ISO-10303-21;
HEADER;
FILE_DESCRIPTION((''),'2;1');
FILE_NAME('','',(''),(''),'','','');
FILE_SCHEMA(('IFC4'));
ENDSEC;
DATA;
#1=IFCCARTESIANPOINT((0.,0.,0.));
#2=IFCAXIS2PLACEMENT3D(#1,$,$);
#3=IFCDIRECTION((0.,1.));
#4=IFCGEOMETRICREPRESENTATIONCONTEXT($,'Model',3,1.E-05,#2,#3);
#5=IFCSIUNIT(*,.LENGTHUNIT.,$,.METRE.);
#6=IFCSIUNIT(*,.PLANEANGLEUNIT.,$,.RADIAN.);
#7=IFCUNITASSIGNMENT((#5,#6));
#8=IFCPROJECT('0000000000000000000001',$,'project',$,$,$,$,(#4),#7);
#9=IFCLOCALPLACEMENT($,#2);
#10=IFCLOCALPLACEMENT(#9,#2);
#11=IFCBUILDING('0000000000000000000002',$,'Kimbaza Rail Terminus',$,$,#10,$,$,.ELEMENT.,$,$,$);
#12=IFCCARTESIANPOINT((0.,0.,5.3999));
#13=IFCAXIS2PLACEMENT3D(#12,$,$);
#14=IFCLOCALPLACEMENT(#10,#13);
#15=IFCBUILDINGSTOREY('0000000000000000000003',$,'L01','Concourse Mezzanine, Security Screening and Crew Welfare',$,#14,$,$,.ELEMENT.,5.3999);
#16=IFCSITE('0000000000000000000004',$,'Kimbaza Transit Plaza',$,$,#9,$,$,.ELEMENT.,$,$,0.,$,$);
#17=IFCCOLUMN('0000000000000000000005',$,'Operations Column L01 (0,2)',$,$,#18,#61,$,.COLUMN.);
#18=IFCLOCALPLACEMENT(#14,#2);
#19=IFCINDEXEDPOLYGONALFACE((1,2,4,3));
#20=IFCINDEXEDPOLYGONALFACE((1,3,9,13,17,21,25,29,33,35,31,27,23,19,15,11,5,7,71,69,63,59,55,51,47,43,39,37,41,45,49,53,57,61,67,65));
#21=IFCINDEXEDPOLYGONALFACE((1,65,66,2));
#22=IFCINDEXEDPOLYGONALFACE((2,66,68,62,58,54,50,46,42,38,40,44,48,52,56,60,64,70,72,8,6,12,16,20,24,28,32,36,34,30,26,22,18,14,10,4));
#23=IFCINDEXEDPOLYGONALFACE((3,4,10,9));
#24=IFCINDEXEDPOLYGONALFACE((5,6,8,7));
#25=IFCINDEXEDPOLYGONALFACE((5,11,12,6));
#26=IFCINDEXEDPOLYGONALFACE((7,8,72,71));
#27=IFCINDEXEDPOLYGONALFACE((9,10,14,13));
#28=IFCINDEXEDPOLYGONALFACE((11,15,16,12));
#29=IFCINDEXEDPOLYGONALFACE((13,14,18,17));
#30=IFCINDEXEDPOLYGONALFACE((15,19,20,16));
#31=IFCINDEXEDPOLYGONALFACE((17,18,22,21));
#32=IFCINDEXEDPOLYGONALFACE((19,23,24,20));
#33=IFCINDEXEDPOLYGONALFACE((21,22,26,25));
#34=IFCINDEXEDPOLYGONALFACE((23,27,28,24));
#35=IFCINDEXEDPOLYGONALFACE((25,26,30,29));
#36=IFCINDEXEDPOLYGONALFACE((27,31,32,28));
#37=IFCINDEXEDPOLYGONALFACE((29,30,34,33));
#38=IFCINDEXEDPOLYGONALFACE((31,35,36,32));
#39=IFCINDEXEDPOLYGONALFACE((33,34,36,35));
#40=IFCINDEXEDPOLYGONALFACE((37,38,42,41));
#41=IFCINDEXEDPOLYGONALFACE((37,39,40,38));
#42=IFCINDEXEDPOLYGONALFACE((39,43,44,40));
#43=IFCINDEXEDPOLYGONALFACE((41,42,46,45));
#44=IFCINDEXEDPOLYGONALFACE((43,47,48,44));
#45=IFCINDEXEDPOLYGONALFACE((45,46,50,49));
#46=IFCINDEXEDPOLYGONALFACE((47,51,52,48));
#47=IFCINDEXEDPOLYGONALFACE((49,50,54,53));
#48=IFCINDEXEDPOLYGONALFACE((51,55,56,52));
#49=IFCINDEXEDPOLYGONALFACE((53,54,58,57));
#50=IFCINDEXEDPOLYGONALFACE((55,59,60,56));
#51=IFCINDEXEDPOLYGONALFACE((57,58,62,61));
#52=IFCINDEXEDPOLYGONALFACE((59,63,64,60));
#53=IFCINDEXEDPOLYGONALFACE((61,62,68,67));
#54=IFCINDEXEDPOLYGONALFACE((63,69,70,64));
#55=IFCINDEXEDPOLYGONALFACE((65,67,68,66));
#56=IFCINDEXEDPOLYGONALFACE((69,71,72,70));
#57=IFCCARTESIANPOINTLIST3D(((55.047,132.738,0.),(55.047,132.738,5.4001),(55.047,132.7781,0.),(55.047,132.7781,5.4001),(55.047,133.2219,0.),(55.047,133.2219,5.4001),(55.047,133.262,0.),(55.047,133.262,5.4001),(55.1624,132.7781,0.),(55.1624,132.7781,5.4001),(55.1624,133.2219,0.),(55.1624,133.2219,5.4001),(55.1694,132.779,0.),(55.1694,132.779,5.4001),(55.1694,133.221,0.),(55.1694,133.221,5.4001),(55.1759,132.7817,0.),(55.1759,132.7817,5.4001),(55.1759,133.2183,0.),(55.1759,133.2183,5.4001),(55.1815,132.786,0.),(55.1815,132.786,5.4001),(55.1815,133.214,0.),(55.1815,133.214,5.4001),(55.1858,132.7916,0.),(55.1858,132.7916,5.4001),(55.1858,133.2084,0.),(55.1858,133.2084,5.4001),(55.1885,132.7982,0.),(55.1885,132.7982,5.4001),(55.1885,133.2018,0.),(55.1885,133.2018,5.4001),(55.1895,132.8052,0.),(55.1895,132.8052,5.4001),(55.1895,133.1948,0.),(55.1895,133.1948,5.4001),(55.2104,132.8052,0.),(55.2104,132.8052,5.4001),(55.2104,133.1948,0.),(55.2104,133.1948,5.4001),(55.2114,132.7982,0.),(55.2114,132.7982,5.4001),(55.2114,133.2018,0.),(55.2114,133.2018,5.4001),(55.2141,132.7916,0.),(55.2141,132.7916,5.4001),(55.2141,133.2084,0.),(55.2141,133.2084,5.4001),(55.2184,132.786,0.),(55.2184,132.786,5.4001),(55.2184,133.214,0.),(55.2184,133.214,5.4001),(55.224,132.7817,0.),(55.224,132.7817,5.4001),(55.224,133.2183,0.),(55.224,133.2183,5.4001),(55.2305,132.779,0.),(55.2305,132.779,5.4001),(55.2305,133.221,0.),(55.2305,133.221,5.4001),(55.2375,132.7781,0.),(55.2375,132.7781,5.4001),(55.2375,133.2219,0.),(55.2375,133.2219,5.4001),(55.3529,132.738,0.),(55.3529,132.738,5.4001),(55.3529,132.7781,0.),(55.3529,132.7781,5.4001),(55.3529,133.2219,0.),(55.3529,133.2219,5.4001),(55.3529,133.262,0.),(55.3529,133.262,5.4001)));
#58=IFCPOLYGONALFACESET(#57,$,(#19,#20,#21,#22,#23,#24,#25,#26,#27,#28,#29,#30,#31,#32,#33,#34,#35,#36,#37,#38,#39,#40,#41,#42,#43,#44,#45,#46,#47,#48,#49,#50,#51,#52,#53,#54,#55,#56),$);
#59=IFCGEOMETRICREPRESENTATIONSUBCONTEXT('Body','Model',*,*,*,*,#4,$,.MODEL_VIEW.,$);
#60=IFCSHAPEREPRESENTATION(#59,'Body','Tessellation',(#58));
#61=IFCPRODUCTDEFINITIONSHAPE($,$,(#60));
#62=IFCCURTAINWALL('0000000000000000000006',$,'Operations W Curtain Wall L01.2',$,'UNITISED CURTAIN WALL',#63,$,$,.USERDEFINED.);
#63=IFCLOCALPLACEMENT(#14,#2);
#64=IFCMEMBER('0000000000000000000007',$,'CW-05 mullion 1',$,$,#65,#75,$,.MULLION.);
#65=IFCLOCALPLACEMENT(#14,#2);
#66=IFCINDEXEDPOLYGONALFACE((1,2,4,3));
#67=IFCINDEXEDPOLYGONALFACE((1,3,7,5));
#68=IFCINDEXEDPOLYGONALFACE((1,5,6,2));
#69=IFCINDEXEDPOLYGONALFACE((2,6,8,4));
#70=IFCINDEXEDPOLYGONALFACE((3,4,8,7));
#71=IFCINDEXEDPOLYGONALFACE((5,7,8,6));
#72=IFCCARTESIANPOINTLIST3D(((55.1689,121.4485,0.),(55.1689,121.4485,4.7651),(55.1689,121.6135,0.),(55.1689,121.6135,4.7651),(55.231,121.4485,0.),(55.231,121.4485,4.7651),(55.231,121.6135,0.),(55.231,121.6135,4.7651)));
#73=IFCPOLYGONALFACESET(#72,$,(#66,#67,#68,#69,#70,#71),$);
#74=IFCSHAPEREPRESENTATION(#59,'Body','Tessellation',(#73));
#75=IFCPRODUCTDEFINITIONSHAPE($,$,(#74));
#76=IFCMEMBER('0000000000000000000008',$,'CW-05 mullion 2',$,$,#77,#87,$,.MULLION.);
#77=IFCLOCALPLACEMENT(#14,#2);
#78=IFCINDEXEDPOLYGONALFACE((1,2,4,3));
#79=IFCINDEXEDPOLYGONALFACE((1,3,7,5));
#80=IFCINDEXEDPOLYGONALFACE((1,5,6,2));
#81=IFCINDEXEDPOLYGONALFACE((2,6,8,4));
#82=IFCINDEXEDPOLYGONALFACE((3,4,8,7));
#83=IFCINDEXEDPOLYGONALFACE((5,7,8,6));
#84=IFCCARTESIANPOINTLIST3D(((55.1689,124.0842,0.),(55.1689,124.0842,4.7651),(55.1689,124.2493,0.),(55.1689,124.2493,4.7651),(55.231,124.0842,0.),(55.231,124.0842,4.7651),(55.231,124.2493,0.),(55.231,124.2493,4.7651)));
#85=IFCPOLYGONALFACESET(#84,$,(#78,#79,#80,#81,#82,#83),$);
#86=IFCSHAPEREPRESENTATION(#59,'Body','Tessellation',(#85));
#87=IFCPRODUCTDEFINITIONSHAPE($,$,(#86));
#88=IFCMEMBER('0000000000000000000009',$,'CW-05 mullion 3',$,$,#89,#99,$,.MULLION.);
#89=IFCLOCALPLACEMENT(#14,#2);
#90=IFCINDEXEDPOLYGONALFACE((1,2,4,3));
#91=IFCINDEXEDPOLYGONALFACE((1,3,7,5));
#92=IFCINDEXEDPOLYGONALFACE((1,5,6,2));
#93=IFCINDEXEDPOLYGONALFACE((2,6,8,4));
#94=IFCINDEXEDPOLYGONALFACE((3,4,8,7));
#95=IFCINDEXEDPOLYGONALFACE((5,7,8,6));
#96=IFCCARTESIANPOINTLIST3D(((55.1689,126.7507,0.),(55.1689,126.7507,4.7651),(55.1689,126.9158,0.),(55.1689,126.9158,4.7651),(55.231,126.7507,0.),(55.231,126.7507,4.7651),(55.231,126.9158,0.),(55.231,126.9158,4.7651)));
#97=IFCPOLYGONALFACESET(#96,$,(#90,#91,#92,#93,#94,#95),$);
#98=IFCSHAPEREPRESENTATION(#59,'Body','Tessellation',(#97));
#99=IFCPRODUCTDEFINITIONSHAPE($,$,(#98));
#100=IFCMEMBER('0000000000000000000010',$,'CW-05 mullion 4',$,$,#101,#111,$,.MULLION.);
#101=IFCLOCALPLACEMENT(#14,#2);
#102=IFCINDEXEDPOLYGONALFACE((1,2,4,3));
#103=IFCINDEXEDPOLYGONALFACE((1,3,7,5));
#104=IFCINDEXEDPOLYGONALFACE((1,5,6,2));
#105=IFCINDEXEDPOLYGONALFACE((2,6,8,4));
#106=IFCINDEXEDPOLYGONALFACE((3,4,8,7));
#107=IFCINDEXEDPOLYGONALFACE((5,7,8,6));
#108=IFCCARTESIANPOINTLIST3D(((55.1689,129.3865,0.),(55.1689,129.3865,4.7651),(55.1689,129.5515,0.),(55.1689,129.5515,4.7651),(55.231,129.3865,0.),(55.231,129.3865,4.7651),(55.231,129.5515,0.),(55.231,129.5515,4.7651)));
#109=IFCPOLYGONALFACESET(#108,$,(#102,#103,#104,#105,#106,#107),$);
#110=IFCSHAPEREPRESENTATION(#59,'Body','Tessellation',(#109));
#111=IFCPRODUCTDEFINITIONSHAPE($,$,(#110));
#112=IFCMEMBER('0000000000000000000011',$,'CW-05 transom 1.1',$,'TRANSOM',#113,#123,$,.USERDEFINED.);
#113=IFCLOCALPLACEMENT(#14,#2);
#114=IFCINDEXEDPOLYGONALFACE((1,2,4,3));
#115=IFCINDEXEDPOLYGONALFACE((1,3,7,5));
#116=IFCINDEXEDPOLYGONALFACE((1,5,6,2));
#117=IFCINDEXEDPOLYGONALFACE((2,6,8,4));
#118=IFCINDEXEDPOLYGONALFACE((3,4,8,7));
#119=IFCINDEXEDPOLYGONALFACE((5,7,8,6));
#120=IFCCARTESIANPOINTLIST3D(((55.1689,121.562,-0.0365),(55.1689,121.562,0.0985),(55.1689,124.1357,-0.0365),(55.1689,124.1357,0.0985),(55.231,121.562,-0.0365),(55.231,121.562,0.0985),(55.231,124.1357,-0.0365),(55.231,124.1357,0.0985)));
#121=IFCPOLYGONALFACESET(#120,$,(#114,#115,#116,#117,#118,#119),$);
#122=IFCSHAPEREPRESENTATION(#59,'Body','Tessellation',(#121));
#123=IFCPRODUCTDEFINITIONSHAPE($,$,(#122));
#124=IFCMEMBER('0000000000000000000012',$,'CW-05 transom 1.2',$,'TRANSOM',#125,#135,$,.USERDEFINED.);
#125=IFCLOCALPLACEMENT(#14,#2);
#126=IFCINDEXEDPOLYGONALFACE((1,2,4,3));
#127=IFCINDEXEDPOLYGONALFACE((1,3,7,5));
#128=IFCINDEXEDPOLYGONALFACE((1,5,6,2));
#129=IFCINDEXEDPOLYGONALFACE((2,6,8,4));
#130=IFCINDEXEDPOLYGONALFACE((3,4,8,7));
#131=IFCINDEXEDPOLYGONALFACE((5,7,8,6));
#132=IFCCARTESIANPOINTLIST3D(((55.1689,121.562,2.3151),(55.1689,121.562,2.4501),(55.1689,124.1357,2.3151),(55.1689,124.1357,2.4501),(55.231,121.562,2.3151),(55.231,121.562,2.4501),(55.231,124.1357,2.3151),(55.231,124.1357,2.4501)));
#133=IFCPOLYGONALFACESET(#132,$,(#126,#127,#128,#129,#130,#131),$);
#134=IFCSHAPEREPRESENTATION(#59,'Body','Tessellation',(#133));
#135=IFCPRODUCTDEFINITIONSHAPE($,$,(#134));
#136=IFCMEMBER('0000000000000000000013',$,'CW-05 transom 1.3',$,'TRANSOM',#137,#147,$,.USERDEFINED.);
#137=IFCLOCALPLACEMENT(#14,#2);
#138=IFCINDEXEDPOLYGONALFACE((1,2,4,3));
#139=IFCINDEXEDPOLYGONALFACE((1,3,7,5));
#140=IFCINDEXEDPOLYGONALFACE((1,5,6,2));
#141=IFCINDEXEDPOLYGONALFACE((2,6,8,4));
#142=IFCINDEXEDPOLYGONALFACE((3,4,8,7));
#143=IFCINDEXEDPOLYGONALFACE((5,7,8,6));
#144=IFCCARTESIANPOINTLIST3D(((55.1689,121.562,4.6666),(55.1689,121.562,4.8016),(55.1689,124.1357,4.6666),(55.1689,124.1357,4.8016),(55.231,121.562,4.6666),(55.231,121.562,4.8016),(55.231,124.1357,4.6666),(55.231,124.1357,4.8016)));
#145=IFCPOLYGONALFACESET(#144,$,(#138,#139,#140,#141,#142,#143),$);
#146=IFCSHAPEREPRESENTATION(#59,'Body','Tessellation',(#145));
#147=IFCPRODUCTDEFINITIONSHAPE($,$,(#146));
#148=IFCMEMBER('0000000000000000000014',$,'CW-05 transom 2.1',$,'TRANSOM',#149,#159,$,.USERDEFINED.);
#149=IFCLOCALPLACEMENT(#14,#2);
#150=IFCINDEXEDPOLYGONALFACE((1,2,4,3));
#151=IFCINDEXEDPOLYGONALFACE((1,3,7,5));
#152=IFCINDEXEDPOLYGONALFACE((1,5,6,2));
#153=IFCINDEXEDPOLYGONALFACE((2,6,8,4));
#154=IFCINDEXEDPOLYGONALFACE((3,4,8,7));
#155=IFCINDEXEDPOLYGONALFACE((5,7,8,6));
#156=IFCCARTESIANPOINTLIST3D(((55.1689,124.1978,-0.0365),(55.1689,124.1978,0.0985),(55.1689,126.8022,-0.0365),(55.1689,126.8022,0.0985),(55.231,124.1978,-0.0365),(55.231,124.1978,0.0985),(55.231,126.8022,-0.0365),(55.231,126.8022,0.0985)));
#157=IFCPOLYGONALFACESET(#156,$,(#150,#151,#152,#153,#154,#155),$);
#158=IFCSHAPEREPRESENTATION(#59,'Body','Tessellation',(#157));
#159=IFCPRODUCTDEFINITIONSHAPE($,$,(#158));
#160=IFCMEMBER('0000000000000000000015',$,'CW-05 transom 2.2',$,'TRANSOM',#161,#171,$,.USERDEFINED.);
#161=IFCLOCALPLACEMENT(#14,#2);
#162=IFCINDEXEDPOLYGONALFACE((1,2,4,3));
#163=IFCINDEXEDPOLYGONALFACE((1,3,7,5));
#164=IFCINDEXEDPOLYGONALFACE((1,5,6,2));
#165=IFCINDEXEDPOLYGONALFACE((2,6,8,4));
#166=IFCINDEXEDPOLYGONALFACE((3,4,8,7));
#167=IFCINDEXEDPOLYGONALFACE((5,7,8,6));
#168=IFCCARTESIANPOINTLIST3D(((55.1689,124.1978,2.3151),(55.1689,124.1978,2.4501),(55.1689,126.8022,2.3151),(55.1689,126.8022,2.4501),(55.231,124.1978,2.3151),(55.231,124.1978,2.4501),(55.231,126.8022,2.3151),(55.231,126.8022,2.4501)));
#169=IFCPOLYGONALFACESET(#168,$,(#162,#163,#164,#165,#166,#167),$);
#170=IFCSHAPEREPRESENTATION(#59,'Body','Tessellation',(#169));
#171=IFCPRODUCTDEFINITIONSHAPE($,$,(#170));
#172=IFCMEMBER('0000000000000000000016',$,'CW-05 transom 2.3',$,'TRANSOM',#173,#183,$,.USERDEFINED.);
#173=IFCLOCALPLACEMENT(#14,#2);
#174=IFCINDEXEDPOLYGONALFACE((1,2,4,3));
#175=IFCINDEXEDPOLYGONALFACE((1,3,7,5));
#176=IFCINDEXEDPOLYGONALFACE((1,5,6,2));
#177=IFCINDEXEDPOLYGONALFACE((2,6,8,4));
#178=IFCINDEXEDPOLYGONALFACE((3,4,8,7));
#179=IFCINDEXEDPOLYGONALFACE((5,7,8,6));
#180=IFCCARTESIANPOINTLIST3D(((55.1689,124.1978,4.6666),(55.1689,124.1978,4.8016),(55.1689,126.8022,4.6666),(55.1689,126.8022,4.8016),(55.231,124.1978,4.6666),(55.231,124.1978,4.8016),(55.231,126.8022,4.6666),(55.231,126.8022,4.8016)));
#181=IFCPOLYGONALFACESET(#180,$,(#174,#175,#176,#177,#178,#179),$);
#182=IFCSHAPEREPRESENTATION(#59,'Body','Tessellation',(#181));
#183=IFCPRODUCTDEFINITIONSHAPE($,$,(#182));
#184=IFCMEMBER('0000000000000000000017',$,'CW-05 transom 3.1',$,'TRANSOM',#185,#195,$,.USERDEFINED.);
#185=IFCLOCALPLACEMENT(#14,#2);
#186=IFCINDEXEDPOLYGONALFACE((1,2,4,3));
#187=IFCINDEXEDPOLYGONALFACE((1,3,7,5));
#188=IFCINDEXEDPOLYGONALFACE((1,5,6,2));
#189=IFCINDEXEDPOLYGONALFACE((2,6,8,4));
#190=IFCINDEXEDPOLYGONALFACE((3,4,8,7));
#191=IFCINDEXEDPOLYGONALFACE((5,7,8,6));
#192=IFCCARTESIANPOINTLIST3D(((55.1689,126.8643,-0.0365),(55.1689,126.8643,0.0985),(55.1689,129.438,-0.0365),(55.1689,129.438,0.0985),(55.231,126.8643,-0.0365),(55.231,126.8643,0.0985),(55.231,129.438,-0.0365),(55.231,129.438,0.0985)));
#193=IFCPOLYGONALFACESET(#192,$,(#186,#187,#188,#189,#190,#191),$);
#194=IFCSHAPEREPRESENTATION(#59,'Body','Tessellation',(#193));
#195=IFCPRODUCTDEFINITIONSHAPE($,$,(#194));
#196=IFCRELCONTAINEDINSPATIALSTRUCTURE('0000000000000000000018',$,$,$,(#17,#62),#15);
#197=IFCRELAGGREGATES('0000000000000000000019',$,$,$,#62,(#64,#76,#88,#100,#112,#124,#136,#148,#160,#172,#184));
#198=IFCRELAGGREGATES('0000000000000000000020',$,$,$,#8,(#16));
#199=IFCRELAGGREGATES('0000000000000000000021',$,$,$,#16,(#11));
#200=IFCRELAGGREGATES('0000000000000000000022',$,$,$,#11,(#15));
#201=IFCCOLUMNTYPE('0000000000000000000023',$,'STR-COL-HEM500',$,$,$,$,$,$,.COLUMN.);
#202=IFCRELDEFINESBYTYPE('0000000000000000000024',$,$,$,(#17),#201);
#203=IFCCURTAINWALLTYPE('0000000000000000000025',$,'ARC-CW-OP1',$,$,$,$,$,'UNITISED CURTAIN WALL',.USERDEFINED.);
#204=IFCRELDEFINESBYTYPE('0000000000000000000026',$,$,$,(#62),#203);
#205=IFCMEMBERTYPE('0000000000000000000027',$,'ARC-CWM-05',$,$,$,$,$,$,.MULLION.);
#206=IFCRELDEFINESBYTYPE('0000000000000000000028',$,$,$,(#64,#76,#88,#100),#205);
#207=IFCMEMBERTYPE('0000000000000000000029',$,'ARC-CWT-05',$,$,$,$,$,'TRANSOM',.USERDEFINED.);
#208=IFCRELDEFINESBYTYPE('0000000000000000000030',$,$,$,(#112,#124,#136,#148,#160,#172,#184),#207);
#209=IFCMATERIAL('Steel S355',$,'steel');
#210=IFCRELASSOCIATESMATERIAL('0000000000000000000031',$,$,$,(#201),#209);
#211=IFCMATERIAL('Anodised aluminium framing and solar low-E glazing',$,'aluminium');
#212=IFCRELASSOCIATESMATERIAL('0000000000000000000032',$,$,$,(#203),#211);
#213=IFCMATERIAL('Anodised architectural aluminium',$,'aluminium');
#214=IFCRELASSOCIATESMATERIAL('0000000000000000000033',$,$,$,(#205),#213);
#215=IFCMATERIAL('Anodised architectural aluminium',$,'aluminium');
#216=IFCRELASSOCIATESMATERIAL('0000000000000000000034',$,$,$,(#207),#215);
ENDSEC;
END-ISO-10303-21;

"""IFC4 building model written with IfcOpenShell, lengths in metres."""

from ifc_helpers import new_model, si_unit, direction, frame, origin, origin_2d, place, context, subcontext, project, spatial, rectangle, i_section, extrude, material, material_profile, profile_set, type_object, element, aggregate, save


model = new_model("IFC4")

# Units and contexts
model_context = context("Model", 3, precision=1e-05, world=origin(), true_north=direction((0.0, 1.0)))
body_context = subcontext(model_context, "Body", "Model", "MODEL_VIEW")
ifc_project = project(units=[si_unit("LENGTHUNIT", "METRE"), si_unit("PLANEANGLEUNIT", "RADIAN")], contexts=[model_context])

# Site, building, storey
site_placement = place(None, origin())
site = spatial("IfcSite", under=ifc_project, at=site_placement, Name="Kimbaza Transit Plaza", CompositionType="ELEMENT", RefElevation=0.0)
building_placement = place(site_placement, origin())
building = spatial("IfcBuilding", under=site, at=building_placement, Name="Kimbaza Rail Terminus", CompositionType="ELEMENT")
storey_placement = place(building_placement, frame((0.0, 0.0, 5.3999)))
storey = spatial("IfcBuildingStorey", under=building, at=storey_placement, Name="L01", Description="Concourse Mezzanine, Security Screening and Crew Welfare", CompositionType="ELEMENT", Elevation=5.3999)

# Column
ifc_material_1 = material(Name="Steel S355", Category="steel")
ifc_material_profile_1 = material_profile(ifc_material_1, i_section(OverallWidth=0.3059, OverallDepth=0.5239, WebThickness=0.021, FlangeThickness=0.04, FilletRadius=0.0271, at=origin_2d()), Name="HEM 500")
ifc_profile_set_1 = profile_set([ifc_material_profile_1], Name="Steel S355")
column_type = type_object("IfcColumnType", Name="STR-COL-HEM500", PredefinedType="COLUMN", material=ifc_profile_set_1)
column_placement = place(storey_placement, frame((55.2, 133.0, 0.0), z_axis=(0.0, 0.0, 1.0), x_axis=(1.0, 0.0, 0.0)))
element("IfcColumn", 1, at=column_placement, inside=storey, type_object=column_type, Name="Operations Column L01 (0,2)", PredefinedType="COLUMN", context=body_context, shape_type="SweptSolid", body=[
    extrude(i_section(OverallWidth=0.3059, OverallDepth=0.5239, WebThickness=0.021, FlangeThickness=0.04, FilletRadius=0.0271, at=origin_2d()), origin(), (0.0, 0.0, 1.0), 5.4001),
])

# Curtain wall, members
ifc_material_2 = material(Name="Anodised aluminium framing and solar low-E glazing", Category="aluminium")
curtain_wall_type = type_object("IfcCurtainWallType", Name="ARC-CW-OP1", ElementType="UNITISED CURTAIN WALL", PredefinedType="USERDEFINED", material=ifc_material_2)
curtain_wall_placement = place(storey_placement, origin())
curtain_wall = element("IfcCurtainWall", 2, at=curtain_wall_placement, inside=storey, type_object=curtain_wall_type, Name="Operations W Curtain Wall L01.2", ObjectType="UNITISED CURTAIN WALL", PredefinedType="USERDEFINED")
ifc_material_3 = material(Name="Anodised architectural aluminium", Category="aluminium")
ifc_material_profile_2 = material_profile(ifc_material_3, rectangle(XDim=0.062, YDim=0.165, at=origin_2d()), Name="MULLION 62x165")
ifc_profile_set_2 = profile_set([ifc_material_profile_2], Name="Anodised architectural aluminium")
member_type_1 = type_object("IfcMemberType", Name="ARC-CWM-05", PredefinedType="MULLION", material=ifc_profile_set_2)
member_1_placement = place(storey_placement, frame((55.2, 121.531, 0.0), z_axis=(0.0, 0.0, 1.0), x_axis=(-1.0, 0.0, 0.0)))
member_1 = element("IfcMember", 3, at=member_1_placement, type_object=member_type_1, Name="CW-05 mullion 1", PredefinedType="MULLION", context=body_context, shape_type="SweptSolid", body=[
    extrude(rectangle(XDim=0.062, YDim=0.165, at=origin_2d()), origin(), (0.0, 0.0, 1.0), 4.7651),
])
member_2_placement = place(storey_placement, frame((55.2, 124.1667, 0.0), z_axis=(0.0, 0.0, 1.0), x_axis=(-1.0, 0.0, 0.0)))
member_2 = element("IfcMember", 4, at=member_2_placement, type_object=member_type_1, Name="CW-05 mullion 2", PredefinedType="MULLION", context=body_context, shape_type="SweptSolid", body=[
    extrude(rectangle(XDim=0.062, YDim=0.165, at=origin_2d()), origin(), (0.0, 0.0, 1.0), 4.7651),
])
member_3_placement = place(storey_placement, frame((55.2, 126.8333, 0.0), z_axis=(0.0, 0.0, 1.0), x_axis=(-1.0, 0.0, 0.0)))
member_3 = element("IfcMember", 5, at=member_3_placement, type_object=member_type_1, Name="CW-05 mullion 3", PredefinedType="MULLION", context=body_context, shape_type="SweptSolid", body=[
    extrude(rectangle(XDim=0.062, YDim=0.165, at=origin_2d()), origin(), (0.0, 0.0, 1.0), 4.7651),
])
member_4_placement = place(storey_placement, frame((55.2, 129.469, 0.0), z_axis=(0.0, 0.0, 1.0), x_axis=(-1.0, 0.0, 0.0)))
member_4 = element("IfcMember", 6, at=member_4_placement, type_object=member_type_1, Name="CW-05 mullion 4", PredefinedType="MULLION", context=body_context, shape_type="SweptSolid", body=[
    extrude(rectangle(XDim=0.062, YDim=0.165, at=origin_2d()), origin(), (0.0, 0.0, 1.0), 4.7651),
])
ifc_material_4 = material(Name="Anodised architectural aluminium", Category="aluminium")
ifc_material_profile_3 = material_profile(ifc_material_4, rectangle(XDim=0.062, YDim=0.135, at=origin_2d()), Name="TRANSOM 62x135")
ifc_profile_set_3 = profile_set([ifc_material_profile_3], Name="Anodised architectural aluminium")
member_type_2 = type_object("IfcMemberType", Name="ARC-CWT-05", ElementType="TRANSOM", PredefinedType="USERDEFINED", material=ifc_profile_set_3)
member_5_placement = place(storey_placement, frame((55.2, 121.562, 0.031), z_axis=(0.0, 1.0, 0.0), x_axis=(-1.0, 0.0, 0.0)))
member_5 = element("IfcMember", 7, at=member_5_placement, type_object=member_type_2, Name="CW-05 transom 1.1", ObjectType="TRANSOM", PredefinedType="USERDEFINED", context=body_context, shape_type="SweptSolid", body=[
    extrude(rectangle(XDim=0.062, YDim=0.135, at=origin_2d()), origin(), (0.0, 0.0, 1.0), 2.5737),
])
member_6_placement = place(storey_placement, frame((55.2, 121.562, 2.3826), z_axis=(0.0, 1.0, 0.0), x_axis=(-1.0, 0.0, 0.0)))
member_6 = element("IfcMember", 8, at=member_6_placement, type_object=member_type_2, Name="CW-05 transom 1.2", ObjectType="TRANSOM", PredefinedType="USERDEFINED", context=body_context, shape_type="SweptSolid", body=[
    extrude(rectangle(XDim=0.062, YDim=0.135, at=origin_2d()), origin(), (0.0, 0.0, 1.0), 2.5737),
])
member_7_placement = place(storey_placement, frame((55.2, 121.562, 4.7341), z_axis=(0.0, 1.0, 0.0), x_axis=(-1.0, 0.0, 0.0)))
member_7 = element("IfcMember", 9, at=member_7_placement, type_object=member_type_2, Name="CW-05 transom 1.3", ObjectType="TRANSOM", PredefinedType="USERDEFINED", context=body_context, shape_type="SweptSolid", body=[
    extrude(rectangle(XDim=0.062, YDim=0.135, at=origin_2d()), origin(), (0.0, 0.0, 1.0), 2.5737),
])
member_8_placement = place(storey_placement, frame((55.2, 124.1978, 0.031), z_axis=(0.0, 1.0, 0.0), x_axis=(-1.0, 0.0, 0.0)))
member_8 = element("IfcMember", 10, at=member_8_placement, type_object=member_type_2, Name="CW-05 transom 2.1", ObjectType="TRANSOM", PredefinedType="USERDEFINED", context=body_context, shape_type="SweptSolid", body=[
    extrude(rectangle(XDim=0.062, YDim=0.135, at=origin_2d()), origin(), (0.0, 0.0, 1.0), 2.6045),
])
member_9_placement = place(storey_placement, frame((55.2, 124.1978, 2.3826), z_axis=(0.0, 1.0, 0.0), x_axis=(-1.0, 0.0, 0.0)))
member_9 = element("IfcMember", 11, at=member_9_placement, type_object=member_type_2, Name="CW-05 transom 2.2", ObjectType="TRANSOM", PredefinedType="USERDEFINED", context=body_context, shape_type="SweptSolid", body=[
    extrude(rectangle(XDim=0.062, YDim=0.135, at=origin_2d()), origin(), (0.0, 0.0, 1.0), 2.6045),
])
member_10_placement = place(storey_placement, frame((55.2, 124.1978, 4.7341), z_axis=(0.0, 1.0, 0.0), x_axis=(-1.0, 0.0, 0.0)))
member_10 = element("IfcMember", 12, at=member_10_placement, type_object=member_type_2, Name="CW-05 transom 2.3", ObjectType="TRANSOM", PredefinedType="USERDEFINED", context=body_context, shape_type="SweptSolid", body=[
    extrude(rectangle(XDim=0.062, YDim=0.135, at=origin_2d()), origin(), (0.0, 0.0, 1.0), 2.6045),
])
member_11_placement = place(storey_placement, frame((55.2, 126.8643, 0.031), z_axis=(0.0, 1.0, 0.0), x_axis=(-1.0, 0.0, 0.0)))
member_11 = element("IfcMember", 13, at=member_11_placement, type_object=member_type_2, Name="CW-05 transom 3.1", ObjectType="TRANSOM", PredefinedType="USERDEFINED", context=body_context, shape_type="SweptSolid", body=[
    extrude(rectangle(XDim=0.062, YDim=0.135, at=origin_2d()), origin(), (0.0, 0.0, 1.0), 2.5737),
])

aggregate(curtain_wall, [member_1, member_2, member_3, member_4, member_5, member_6, member_7, member_8, member_9, member_10, member_11])

save(model, "model.ifc")
